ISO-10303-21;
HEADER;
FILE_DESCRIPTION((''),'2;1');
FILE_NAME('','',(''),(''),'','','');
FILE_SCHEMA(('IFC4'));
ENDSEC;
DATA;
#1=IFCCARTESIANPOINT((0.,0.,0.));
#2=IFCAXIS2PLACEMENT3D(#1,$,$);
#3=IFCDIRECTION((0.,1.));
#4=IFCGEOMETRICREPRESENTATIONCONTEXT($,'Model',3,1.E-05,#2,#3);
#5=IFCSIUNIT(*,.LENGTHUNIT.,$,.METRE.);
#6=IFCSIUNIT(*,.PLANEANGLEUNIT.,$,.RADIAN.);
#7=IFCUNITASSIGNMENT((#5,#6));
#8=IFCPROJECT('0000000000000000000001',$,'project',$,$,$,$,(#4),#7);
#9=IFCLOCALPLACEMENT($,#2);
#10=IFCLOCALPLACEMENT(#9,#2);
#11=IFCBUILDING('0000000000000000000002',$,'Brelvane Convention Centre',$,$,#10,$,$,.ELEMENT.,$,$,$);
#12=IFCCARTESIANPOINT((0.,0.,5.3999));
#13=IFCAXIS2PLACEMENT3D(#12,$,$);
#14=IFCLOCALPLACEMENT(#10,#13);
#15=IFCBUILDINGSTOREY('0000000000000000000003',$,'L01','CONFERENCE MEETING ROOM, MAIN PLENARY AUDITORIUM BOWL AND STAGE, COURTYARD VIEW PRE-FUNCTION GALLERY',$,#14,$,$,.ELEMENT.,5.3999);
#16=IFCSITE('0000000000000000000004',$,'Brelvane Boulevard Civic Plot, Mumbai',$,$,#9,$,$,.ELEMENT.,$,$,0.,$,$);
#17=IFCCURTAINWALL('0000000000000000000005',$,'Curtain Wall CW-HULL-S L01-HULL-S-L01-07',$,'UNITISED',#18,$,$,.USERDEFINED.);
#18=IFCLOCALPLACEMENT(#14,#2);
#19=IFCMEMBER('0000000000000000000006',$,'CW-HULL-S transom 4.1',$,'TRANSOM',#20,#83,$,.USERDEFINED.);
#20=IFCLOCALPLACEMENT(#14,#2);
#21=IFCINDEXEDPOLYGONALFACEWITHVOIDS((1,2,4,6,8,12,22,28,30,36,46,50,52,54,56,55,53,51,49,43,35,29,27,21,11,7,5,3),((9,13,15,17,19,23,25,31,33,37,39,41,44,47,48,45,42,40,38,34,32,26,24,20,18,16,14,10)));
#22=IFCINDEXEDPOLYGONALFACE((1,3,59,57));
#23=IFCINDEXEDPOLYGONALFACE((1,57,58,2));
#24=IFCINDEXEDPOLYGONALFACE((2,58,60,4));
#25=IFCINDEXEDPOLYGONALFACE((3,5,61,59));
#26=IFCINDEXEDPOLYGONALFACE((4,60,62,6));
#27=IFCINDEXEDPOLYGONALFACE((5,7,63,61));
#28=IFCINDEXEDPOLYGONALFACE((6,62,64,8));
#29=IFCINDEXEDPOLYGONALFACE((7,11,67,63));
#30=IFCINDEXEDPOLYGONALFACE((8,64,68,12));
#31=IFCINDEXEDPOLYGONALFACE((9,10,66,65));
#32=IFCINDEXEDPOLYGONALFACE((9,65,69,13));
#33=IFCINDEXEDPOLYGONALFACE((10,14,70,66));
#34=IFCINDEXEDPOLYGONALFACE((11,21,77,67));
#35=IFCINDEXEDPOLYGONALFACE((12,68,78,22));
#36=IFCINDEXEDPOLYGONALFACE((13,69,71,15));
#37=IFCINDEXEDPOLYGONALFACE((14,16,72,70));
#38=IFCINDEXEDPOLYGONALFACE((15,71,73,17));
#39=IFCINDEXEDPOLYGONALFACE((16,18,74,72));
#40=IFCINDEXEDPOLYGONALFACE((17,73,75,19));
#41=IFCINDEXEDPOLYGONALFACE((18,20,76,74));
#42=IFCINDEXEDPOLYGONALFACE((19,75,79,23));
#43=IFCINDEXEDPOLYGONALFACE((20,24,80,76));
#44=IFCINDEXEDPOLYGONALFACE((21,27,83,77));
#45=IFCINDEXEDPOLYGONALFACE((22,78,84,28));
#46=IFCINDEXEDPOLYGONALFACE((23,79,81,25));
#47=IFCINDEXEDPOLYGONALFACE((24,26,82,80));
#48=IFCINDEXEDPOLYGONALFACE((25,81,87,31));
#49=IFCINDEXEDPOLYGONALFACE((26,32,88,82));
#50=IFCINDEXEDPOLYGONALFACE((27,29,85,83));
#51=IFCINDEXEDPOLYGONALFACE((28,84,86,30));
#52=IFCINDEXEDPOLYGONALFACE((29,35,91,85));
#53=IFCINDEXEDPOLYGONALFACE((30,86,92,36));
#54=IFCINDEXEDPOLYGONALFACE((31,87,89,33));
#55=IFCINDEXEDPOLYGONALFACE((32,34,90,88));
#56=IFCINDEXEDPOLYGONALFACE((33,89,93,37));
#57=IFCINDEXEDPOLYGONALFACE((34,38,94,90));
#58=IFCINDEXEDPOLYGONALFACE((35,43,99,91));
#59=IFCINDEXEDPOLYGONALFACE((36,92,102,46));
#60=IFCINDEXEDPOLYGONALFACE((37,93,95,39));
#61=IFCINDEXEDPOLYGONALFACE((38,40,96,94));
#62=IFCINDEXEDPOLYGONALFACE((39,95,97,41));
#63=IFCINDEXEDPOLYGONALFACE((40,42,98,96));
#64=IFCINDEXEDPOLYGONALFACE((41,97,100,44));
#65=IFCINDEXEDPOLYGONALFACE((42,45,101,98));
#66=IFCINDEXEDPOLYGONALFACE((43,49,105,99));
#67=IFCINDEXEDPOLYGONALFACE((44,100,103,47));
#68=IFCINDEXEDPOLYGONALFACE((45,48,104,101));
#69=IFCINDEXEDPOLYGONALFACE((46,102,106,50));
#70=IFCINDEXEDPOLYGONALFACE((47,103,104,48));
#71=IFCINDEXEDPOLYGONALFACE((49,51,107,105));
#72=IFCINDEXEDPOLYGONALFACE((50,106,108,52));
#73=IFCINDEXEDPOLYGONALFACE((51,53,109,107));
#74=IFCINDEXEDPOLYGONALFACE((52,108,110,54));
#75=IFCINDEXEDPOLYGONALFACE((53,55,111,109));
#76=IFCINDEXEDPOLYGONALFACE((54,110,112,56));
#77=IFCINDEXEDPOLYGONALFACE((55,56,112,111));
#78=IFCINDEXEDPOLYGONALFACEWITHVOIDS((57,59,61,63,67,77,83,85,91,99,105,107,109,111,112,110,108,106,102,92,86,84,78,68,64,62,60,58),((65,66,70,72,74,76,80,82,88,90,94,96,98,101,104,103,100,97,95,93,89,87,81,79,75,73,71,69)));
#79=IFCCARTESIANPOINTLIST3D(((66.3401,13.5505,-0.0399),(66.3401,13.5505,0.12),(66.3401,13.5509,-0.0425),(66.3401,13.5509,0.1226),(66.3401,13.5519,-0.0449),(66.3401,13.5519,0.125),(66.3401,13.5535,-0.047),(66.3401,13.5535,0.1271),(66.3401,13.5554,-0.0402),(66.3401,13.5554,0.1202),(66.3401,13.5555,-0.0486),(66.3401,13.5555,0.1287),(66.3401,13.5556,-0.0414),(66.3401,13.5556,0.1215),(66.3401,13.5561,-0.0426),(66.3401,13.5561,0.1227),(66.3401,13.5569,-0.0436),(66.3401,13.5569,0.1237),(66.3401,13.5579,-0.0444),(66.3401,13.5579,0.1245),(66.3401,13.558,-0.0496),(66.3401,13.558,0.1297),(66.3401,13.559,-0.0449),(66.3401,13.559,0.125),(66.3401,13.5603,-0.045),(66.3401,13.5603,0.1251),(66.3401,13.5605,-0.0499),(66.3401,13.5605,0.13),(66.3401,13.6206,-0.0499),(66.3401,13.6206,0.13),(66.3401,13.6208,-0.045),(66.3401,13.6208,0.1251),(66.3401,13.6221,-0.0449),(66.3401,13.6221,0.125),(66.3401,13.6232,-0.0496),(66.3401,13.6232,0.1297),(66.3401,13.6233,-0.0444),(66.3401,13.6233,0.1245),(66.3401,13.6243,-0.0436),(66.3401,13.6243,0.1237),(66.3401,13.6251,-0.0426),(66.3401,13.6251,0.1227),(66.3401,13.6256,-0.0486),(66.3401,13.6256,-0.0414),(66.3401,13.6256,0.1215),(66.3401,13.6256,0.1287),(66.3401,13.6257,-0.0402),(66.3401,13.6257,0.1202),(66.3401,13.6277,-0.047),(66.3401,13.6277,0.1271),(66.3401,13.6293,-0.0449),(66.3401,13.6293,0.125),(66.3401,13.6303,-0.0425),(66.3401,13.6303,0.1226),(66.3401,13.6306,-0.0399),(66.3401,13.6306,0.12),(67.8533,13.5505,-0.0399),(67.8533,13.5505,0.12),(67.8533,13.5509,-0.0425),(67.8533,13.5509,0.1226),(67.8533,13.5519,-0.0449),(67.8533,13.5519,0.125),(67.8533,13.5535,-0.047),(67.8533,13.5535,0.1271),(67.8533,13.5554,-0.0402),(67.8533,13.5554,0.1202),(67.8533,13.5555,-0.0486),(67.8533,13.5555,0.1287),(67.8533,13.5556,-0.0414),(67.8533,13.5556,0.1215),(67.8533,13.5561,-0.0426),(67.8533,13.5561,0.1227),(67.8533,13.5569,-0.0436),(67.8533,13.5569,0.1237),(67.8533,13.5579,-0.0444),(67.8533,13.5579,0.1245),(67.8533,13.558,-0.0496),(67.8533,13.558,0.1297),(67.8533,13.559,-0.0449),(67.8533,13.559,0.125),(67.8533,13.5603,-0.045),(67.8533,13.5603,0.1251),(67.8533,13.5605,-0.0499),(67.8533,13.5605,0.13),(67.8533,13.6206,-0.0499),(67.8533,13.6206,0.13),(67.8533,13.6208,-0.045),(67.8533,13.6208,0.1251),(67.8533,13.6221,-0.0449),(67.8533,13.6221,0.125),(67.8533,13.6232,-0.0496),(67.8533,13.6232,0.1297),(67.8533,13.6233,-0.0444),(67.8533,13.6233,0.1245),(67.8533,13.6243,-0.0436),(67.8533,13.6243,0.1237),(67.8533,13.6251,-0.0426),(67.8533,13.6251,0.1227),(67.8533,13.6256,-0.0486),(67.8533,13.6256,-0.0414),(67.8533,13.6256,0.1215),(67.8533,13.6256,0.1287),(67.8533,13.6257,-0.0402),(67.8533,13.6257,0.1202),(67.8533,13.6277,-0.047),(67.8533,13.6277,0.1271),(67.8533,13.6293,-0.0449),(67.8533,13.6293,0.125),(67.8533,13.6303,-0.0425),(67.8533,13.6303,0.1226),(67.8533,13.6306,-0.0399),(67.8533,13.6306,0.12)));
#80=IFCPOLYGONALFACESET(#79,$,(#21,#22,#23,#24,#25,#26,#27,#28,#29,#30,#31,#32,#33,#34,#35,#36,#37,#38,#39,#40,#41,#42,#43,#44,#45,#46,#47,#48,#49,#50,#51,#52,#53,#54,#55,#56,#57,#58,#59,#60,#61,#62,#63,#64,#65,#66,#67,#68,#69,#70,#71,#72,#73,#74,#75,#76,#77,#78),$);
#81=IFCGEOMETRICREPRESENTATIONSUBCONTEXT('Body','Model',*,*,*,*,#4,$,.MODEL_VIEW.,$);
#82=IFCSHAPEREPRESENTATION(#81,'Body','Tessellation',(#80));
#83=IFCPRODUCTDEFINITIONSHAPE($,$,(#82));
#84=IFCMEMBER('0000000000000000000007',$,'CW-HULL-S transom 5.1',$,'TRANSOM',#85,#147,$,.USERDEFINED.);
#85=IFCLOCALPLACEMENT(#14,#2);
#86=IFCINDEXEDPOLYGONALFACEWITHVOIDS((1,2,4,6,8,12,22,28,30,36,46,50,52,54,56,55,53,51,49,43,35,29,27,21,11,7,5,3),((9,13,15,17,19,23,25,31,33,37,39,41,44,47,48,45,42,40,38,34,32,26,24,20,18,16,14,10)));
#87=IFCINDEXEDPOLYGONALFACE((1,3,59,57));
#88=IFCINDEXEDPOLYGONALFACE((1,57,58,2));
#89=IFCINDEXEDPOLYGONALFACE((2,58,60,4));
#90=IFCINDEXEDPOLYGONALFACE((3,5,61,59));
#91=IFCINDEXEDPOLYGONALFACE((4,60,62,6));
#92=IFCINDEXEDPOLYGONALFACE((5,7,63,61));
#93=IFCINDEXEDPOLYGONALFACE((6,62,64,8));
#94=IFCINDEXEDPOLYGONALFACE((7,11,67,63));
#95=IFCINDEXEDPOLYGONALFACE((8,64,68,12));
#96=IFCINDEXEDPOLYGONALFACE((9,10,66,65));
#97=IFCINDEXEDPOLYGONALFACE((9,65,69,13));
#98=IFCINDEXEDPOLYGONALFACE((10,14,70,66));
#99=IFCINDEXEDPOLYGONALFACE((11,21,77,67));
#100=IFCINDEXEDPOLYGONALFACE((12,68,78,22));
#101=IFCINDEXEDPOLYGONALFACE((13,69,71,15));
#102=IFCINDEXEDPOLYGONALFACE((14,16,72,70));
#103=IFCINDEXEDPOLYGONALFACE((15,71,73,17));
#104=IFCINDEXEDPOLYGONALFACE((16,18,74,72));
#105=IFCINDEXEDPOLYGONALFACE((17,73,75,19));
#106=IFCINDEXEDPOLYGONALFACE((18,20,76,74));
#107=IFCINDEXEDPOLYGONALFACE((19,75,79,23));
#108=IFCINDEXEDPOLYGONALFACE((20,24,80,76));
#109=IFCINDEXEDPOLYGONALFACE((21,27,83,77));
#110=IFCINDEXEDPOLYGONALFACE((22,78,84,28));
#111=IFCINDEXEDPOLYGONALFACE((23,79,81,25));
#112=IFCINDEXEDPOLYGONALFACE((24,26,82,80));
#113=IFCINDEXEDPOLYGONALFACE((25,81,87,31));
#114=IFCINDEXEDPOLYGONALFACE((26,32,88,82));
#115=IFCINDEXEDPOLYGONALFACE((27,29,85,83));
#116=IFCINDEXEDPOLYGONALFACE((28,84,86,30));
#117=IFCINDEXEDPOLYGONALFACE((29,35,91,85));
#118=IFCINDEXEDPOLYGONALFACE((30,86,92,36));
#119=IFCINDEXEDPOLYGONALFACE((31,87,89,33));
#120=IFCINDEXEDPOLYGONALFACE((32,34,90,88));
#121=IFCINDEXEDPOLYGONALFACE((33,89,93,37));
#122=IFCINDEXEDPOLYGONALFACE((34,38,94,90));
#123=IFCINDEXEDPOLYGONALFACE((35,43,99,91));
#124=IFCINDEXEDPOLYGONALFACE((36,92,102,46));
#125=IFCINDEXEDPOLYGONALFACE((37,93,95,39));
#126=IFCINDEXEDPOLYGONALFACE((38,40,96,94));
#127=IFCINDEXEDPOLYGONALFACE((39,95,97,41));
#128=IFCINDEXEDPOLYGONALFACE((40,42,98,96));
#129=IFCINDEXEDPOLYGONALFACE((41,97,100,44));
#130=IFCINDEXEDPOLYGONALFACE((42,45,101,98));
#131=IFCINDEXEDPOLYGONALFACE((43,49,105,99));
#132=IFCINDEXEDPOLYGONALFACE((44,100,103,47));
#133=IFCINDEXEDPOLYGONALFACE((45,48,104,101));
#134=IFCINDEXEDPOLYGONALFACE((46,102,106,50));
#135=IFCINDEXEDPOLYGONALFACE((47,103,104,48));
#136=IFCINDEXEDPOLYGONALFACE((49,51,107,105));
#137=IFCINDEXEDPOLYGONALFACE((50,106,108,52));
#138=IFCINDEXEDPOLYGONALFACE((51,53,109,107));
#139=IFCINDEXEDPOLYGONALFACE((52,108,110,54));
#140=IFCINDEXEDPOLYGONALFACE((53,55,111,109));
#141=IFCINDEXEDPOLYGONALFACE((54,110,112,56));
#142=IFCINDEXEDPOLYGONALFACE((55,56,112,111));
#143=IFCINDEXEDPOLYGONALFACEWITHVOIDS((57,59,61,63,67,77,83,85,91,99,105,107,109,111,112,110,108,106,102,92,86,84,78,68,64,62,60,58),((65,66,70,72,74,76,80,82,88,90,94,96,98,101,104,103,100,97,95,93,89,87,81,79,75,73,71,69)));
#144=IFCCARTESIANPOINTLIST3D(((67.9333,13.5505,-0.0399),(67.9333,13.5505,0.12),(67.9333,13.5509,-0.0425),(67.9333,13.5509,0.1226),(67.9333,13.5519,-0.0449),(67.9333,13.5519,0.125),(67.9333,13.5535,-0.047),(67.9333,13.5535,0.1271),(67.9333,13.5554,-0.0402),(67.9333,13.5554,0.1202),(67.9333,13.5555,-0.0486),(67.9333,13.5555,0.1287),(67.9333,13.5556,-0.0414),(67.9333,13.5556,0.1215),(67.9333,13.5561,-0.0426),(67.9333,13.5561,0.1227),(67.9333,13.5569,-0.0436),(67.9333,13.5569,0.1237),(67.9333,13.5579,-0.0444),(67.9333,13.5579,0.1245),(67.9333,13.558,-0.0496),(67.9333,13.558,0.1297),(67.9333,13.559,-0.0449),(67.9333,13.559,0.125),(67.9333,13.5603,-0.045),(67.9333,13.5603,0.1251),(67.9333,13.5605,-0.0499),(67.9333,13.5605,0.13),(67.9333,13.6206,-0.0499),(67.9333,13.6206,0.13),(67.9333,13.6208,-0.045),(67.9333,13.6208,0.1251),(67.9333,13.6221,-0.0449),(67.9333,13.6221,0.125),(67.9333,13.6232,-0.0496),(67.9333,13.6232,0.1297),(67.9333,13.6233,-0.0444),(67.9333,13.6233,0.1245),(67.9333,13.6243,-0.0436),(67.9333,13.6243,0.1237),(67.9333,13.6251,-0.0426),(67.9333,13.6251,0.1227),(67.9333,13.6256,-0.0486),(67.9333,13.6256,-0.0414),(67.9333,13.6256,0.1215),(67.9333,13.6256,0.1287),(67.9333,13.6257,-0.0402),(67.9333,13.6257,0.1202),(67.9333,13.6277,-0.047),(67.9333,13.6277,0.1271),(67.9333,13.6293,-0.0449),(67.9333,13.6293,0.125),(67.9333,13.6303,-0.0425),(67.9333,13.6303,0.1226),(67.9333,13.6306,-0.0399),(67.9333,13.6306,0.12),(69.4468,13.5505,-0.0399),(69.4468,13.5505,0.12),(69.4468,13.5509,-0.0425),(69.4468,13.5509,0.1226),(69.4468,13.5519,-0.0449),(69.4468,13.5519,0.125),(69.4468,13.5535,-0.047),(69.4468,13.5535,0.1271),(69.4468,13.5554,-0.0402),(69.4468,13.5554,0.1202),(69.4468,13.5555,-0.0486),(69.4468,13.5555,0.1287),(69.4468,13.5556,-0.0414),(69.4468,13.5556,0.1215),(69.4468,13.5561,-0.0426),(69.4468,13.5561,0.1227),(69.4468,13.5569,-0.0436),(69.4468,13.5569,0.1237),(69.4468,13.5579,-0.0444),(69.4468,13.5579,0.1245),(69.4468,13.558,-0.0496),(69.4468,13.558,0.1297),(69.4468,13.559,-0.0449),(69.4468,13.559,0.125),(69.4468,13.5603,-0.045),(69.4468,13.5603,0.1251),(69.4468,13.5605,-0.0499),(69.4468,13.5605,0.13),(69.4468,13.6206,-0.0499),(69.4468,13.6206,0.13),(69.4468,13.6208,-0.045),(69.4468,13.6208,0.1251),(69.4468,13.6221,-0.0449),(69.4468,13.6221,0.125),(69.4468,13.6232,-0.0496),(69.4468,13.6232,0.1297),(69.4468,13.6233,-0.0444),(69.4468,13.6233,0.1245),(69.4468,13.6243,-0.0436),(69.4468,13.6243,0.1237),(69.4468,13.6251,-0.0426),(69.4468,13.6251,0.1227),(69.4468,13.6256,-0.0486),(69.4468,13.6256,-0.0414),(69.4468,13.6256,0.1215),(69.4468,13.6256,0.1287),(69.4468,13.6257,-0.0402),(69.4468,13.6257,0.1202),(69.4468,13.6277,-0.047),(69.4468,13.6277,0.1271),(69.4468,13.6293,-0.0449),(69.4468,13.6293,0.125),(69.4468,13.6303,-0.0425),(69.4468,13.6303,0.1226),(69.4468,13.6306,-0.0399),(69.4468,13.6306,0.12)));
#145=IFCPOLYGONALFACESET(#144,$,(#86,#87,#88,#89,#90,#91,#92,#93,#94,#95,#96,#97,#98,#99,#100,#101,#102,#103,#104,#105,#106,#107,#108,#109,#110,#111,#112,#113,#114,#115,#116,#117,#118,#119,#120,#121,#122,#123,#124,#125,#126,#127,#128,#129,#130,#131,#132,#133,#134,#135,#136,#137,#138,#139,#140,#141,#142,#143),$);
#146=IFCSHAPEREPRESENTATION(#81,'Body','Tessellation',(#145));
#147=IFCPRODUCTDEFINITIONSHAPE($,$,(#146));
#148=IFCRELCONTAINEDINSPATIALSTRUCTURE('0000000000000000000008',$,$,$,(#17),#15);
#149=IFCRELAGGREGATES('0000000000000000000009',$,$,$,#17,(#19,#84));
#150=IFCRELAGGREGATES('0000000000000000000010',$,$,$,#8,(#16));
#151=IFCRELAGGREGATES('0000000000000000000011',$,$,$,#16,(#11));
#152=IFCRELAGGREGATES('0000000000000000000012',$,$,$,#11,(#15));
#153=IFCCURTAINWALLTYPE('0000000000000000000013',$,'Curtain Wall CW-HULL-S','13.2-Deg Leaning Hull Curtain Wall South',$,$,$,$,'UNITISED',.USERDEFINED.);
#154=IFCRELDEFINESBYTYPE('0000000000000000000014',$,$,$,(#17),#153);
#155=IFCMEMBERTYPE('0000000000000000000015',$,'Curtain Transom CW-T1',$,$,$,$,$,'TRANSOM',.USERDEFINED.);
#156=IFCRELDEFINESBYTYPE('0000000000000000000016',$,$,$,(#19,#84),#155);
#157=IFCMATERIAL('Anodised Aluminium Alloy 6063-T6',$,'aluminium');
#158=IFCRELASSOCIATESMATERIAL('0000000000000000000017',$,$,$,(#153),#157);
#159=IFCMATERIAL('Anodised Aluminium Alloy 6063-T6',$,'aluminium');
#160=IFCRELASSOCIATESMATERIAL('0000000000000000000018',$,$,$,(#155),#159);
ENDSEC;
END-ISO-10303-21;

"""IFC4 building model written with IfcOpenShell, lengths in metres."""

from ifc_helpers import new_model, si_unit, direction, frame, origin, origin_2d, place, context, subcontext, project, spatial, hollow_rectangle, extrude, material, material_profile, profile_set, type_object, element, aggregate, save


model = new_model("IFC4")

# Units and contexts
model_context = context("Model", 3, precision=1e-05, world=origin(), true_north=direction((0.0, 1.0)))
body_context = subcontext(model_context, "Body", "Model", "MODEL_VIEW")
ifc_project = project(units=[si_unit("LENGTHUNIT", "METRE"), si_unit("PLANEANGLEUNIT", "RADIAN")], contexts=[model_context])

# Site, building, storey
site_placement = place(None, origin())
site = spatial("IfcSite", under=ifc_project, at=site_placement, Name="Brelvane Boulevard Civic Plot, Mumbai", CompositionType="ELEMENT", RefElevation=0.0)
building_placement = place(site_placement, origin())
building = spatial("IfcBuilding", under=site, at=building_placement, Name="Brelvane Convention Centre", CompositionType="ELEMENT")
storey_placement = place(building_placement, frame((0.0, 0.0, 5.3999)))
storey = spatial("IfcBuildingStorey", under=building, at=storey_placement, Name="L01", Description="CONFERENCE MEETING ROOM, MAIN PLENARY AUDITORIUM BOWL AND STAGE, COURTYARD VIEW PRE-FUNCTION GALLERY", CompositionType="ELEMENT", Elevation=5.3999)

# Curtain wall
ifc_material_1 = material(Name="Anodised Aluminium Alloy 6063-T6", Category="aluminium")
curtain_wall_type = type_object("IfcCurtainWallType", Name="Curtain Wall CW-HULL-S", Description="13.2-Deg Leaning Hull Curtain Wall South", ElementType="UNITISED", PredefinedType="USERDEFINED", material=ifc_material_1)
curtain_wall_1_placement = place(storey_placement, origin())
curtain_wall_1 = element("IfcCurtainWall", 1, at=curtain_wall_1_placement, inside=storey, type_object=curtain_wall_type, Name="Curtain Wall CW-HULL-S L01-HULL-S-L01-07", ObjectType="UNITISED", PredefinedType="USERDEFINED")

# Members
ifc_material_2 = material(Name="Anodised Aluminium Alloy 6063-T6", Category="aluminium")
ifc_material_profile_1 = material_profile(ifc_material_2, hollow_rectangle(XDim=0.0801, YDim=0.1799, WallThickness=0.0049, InnerFilletRadius=0.0049, OuterFilletRadius=0.01, at=origin_2d()), Name="ALU-T 180x80x5.0")
ifc_profile_set_1 = profile_set([ifc_material_profile_1], Name="Anodised Aluminium Alloy 6063-T6")
member_type_1 = type_object("IfcMemberType", Name="Curtain Transom CW-T1", ElementType="TRANSOM", PredefinedType="USERDEFINED", material=ifc_profile_set_1)
member_1_placement = place(storey_placement, frame((66.3401, 13.5906, 0.04), z_axis=(1.0, 0.0, 0.0), x_axis=(0.0, 1.0, 0.0)))
member_1 = element("IfcMember", 2, at=member_1_placement, type_object=member_type_1, Name="CW-HULL-S transom 4.1", ObjectType="TRANSOM", PredefinedType="USERDEFINED", context=body_context, shape_type="SweptSolid", body=[
    extrude(hollow_rectangle(XDim=0.0801, YDim=0.1799, WallThickness=0.0049, InnerFilletRadius=0.0049, OuterFilletRadius=0.01, at=origin_2d()), origin(), (0.0, 0.0, 1.0), 1.5132),
])
member_2_placement = place(storey_placement, frame((67.9333, 13.5906, 0.04), z_axis=(1.0, 0.0, 0.0), x_axis=(0.0, 1.0, 0.0)))
member_2 = element("IfcMember", 3, at=member_2_placement, type_object=member_type_1, Name="CW-HULL-S transom 5.1", ObjectType="TRANSOM", PredefinedType="USERDEFINED", context=body_context, shape_type="SweptSolid", body=[
    extrude(hollow_rectangle(XDim=0.0801, YDim=0.1799, WallThickness=0.0049, InnerFilletRadius=0.0049, OuterFilletRadius=0.01, at=origin_2d()), origin(), (0.0, 0.0, 1.0), 1.5134),
])

aggregate(curtain_wall_1, [member_1, member_2])

save(model, "model.ifc")
